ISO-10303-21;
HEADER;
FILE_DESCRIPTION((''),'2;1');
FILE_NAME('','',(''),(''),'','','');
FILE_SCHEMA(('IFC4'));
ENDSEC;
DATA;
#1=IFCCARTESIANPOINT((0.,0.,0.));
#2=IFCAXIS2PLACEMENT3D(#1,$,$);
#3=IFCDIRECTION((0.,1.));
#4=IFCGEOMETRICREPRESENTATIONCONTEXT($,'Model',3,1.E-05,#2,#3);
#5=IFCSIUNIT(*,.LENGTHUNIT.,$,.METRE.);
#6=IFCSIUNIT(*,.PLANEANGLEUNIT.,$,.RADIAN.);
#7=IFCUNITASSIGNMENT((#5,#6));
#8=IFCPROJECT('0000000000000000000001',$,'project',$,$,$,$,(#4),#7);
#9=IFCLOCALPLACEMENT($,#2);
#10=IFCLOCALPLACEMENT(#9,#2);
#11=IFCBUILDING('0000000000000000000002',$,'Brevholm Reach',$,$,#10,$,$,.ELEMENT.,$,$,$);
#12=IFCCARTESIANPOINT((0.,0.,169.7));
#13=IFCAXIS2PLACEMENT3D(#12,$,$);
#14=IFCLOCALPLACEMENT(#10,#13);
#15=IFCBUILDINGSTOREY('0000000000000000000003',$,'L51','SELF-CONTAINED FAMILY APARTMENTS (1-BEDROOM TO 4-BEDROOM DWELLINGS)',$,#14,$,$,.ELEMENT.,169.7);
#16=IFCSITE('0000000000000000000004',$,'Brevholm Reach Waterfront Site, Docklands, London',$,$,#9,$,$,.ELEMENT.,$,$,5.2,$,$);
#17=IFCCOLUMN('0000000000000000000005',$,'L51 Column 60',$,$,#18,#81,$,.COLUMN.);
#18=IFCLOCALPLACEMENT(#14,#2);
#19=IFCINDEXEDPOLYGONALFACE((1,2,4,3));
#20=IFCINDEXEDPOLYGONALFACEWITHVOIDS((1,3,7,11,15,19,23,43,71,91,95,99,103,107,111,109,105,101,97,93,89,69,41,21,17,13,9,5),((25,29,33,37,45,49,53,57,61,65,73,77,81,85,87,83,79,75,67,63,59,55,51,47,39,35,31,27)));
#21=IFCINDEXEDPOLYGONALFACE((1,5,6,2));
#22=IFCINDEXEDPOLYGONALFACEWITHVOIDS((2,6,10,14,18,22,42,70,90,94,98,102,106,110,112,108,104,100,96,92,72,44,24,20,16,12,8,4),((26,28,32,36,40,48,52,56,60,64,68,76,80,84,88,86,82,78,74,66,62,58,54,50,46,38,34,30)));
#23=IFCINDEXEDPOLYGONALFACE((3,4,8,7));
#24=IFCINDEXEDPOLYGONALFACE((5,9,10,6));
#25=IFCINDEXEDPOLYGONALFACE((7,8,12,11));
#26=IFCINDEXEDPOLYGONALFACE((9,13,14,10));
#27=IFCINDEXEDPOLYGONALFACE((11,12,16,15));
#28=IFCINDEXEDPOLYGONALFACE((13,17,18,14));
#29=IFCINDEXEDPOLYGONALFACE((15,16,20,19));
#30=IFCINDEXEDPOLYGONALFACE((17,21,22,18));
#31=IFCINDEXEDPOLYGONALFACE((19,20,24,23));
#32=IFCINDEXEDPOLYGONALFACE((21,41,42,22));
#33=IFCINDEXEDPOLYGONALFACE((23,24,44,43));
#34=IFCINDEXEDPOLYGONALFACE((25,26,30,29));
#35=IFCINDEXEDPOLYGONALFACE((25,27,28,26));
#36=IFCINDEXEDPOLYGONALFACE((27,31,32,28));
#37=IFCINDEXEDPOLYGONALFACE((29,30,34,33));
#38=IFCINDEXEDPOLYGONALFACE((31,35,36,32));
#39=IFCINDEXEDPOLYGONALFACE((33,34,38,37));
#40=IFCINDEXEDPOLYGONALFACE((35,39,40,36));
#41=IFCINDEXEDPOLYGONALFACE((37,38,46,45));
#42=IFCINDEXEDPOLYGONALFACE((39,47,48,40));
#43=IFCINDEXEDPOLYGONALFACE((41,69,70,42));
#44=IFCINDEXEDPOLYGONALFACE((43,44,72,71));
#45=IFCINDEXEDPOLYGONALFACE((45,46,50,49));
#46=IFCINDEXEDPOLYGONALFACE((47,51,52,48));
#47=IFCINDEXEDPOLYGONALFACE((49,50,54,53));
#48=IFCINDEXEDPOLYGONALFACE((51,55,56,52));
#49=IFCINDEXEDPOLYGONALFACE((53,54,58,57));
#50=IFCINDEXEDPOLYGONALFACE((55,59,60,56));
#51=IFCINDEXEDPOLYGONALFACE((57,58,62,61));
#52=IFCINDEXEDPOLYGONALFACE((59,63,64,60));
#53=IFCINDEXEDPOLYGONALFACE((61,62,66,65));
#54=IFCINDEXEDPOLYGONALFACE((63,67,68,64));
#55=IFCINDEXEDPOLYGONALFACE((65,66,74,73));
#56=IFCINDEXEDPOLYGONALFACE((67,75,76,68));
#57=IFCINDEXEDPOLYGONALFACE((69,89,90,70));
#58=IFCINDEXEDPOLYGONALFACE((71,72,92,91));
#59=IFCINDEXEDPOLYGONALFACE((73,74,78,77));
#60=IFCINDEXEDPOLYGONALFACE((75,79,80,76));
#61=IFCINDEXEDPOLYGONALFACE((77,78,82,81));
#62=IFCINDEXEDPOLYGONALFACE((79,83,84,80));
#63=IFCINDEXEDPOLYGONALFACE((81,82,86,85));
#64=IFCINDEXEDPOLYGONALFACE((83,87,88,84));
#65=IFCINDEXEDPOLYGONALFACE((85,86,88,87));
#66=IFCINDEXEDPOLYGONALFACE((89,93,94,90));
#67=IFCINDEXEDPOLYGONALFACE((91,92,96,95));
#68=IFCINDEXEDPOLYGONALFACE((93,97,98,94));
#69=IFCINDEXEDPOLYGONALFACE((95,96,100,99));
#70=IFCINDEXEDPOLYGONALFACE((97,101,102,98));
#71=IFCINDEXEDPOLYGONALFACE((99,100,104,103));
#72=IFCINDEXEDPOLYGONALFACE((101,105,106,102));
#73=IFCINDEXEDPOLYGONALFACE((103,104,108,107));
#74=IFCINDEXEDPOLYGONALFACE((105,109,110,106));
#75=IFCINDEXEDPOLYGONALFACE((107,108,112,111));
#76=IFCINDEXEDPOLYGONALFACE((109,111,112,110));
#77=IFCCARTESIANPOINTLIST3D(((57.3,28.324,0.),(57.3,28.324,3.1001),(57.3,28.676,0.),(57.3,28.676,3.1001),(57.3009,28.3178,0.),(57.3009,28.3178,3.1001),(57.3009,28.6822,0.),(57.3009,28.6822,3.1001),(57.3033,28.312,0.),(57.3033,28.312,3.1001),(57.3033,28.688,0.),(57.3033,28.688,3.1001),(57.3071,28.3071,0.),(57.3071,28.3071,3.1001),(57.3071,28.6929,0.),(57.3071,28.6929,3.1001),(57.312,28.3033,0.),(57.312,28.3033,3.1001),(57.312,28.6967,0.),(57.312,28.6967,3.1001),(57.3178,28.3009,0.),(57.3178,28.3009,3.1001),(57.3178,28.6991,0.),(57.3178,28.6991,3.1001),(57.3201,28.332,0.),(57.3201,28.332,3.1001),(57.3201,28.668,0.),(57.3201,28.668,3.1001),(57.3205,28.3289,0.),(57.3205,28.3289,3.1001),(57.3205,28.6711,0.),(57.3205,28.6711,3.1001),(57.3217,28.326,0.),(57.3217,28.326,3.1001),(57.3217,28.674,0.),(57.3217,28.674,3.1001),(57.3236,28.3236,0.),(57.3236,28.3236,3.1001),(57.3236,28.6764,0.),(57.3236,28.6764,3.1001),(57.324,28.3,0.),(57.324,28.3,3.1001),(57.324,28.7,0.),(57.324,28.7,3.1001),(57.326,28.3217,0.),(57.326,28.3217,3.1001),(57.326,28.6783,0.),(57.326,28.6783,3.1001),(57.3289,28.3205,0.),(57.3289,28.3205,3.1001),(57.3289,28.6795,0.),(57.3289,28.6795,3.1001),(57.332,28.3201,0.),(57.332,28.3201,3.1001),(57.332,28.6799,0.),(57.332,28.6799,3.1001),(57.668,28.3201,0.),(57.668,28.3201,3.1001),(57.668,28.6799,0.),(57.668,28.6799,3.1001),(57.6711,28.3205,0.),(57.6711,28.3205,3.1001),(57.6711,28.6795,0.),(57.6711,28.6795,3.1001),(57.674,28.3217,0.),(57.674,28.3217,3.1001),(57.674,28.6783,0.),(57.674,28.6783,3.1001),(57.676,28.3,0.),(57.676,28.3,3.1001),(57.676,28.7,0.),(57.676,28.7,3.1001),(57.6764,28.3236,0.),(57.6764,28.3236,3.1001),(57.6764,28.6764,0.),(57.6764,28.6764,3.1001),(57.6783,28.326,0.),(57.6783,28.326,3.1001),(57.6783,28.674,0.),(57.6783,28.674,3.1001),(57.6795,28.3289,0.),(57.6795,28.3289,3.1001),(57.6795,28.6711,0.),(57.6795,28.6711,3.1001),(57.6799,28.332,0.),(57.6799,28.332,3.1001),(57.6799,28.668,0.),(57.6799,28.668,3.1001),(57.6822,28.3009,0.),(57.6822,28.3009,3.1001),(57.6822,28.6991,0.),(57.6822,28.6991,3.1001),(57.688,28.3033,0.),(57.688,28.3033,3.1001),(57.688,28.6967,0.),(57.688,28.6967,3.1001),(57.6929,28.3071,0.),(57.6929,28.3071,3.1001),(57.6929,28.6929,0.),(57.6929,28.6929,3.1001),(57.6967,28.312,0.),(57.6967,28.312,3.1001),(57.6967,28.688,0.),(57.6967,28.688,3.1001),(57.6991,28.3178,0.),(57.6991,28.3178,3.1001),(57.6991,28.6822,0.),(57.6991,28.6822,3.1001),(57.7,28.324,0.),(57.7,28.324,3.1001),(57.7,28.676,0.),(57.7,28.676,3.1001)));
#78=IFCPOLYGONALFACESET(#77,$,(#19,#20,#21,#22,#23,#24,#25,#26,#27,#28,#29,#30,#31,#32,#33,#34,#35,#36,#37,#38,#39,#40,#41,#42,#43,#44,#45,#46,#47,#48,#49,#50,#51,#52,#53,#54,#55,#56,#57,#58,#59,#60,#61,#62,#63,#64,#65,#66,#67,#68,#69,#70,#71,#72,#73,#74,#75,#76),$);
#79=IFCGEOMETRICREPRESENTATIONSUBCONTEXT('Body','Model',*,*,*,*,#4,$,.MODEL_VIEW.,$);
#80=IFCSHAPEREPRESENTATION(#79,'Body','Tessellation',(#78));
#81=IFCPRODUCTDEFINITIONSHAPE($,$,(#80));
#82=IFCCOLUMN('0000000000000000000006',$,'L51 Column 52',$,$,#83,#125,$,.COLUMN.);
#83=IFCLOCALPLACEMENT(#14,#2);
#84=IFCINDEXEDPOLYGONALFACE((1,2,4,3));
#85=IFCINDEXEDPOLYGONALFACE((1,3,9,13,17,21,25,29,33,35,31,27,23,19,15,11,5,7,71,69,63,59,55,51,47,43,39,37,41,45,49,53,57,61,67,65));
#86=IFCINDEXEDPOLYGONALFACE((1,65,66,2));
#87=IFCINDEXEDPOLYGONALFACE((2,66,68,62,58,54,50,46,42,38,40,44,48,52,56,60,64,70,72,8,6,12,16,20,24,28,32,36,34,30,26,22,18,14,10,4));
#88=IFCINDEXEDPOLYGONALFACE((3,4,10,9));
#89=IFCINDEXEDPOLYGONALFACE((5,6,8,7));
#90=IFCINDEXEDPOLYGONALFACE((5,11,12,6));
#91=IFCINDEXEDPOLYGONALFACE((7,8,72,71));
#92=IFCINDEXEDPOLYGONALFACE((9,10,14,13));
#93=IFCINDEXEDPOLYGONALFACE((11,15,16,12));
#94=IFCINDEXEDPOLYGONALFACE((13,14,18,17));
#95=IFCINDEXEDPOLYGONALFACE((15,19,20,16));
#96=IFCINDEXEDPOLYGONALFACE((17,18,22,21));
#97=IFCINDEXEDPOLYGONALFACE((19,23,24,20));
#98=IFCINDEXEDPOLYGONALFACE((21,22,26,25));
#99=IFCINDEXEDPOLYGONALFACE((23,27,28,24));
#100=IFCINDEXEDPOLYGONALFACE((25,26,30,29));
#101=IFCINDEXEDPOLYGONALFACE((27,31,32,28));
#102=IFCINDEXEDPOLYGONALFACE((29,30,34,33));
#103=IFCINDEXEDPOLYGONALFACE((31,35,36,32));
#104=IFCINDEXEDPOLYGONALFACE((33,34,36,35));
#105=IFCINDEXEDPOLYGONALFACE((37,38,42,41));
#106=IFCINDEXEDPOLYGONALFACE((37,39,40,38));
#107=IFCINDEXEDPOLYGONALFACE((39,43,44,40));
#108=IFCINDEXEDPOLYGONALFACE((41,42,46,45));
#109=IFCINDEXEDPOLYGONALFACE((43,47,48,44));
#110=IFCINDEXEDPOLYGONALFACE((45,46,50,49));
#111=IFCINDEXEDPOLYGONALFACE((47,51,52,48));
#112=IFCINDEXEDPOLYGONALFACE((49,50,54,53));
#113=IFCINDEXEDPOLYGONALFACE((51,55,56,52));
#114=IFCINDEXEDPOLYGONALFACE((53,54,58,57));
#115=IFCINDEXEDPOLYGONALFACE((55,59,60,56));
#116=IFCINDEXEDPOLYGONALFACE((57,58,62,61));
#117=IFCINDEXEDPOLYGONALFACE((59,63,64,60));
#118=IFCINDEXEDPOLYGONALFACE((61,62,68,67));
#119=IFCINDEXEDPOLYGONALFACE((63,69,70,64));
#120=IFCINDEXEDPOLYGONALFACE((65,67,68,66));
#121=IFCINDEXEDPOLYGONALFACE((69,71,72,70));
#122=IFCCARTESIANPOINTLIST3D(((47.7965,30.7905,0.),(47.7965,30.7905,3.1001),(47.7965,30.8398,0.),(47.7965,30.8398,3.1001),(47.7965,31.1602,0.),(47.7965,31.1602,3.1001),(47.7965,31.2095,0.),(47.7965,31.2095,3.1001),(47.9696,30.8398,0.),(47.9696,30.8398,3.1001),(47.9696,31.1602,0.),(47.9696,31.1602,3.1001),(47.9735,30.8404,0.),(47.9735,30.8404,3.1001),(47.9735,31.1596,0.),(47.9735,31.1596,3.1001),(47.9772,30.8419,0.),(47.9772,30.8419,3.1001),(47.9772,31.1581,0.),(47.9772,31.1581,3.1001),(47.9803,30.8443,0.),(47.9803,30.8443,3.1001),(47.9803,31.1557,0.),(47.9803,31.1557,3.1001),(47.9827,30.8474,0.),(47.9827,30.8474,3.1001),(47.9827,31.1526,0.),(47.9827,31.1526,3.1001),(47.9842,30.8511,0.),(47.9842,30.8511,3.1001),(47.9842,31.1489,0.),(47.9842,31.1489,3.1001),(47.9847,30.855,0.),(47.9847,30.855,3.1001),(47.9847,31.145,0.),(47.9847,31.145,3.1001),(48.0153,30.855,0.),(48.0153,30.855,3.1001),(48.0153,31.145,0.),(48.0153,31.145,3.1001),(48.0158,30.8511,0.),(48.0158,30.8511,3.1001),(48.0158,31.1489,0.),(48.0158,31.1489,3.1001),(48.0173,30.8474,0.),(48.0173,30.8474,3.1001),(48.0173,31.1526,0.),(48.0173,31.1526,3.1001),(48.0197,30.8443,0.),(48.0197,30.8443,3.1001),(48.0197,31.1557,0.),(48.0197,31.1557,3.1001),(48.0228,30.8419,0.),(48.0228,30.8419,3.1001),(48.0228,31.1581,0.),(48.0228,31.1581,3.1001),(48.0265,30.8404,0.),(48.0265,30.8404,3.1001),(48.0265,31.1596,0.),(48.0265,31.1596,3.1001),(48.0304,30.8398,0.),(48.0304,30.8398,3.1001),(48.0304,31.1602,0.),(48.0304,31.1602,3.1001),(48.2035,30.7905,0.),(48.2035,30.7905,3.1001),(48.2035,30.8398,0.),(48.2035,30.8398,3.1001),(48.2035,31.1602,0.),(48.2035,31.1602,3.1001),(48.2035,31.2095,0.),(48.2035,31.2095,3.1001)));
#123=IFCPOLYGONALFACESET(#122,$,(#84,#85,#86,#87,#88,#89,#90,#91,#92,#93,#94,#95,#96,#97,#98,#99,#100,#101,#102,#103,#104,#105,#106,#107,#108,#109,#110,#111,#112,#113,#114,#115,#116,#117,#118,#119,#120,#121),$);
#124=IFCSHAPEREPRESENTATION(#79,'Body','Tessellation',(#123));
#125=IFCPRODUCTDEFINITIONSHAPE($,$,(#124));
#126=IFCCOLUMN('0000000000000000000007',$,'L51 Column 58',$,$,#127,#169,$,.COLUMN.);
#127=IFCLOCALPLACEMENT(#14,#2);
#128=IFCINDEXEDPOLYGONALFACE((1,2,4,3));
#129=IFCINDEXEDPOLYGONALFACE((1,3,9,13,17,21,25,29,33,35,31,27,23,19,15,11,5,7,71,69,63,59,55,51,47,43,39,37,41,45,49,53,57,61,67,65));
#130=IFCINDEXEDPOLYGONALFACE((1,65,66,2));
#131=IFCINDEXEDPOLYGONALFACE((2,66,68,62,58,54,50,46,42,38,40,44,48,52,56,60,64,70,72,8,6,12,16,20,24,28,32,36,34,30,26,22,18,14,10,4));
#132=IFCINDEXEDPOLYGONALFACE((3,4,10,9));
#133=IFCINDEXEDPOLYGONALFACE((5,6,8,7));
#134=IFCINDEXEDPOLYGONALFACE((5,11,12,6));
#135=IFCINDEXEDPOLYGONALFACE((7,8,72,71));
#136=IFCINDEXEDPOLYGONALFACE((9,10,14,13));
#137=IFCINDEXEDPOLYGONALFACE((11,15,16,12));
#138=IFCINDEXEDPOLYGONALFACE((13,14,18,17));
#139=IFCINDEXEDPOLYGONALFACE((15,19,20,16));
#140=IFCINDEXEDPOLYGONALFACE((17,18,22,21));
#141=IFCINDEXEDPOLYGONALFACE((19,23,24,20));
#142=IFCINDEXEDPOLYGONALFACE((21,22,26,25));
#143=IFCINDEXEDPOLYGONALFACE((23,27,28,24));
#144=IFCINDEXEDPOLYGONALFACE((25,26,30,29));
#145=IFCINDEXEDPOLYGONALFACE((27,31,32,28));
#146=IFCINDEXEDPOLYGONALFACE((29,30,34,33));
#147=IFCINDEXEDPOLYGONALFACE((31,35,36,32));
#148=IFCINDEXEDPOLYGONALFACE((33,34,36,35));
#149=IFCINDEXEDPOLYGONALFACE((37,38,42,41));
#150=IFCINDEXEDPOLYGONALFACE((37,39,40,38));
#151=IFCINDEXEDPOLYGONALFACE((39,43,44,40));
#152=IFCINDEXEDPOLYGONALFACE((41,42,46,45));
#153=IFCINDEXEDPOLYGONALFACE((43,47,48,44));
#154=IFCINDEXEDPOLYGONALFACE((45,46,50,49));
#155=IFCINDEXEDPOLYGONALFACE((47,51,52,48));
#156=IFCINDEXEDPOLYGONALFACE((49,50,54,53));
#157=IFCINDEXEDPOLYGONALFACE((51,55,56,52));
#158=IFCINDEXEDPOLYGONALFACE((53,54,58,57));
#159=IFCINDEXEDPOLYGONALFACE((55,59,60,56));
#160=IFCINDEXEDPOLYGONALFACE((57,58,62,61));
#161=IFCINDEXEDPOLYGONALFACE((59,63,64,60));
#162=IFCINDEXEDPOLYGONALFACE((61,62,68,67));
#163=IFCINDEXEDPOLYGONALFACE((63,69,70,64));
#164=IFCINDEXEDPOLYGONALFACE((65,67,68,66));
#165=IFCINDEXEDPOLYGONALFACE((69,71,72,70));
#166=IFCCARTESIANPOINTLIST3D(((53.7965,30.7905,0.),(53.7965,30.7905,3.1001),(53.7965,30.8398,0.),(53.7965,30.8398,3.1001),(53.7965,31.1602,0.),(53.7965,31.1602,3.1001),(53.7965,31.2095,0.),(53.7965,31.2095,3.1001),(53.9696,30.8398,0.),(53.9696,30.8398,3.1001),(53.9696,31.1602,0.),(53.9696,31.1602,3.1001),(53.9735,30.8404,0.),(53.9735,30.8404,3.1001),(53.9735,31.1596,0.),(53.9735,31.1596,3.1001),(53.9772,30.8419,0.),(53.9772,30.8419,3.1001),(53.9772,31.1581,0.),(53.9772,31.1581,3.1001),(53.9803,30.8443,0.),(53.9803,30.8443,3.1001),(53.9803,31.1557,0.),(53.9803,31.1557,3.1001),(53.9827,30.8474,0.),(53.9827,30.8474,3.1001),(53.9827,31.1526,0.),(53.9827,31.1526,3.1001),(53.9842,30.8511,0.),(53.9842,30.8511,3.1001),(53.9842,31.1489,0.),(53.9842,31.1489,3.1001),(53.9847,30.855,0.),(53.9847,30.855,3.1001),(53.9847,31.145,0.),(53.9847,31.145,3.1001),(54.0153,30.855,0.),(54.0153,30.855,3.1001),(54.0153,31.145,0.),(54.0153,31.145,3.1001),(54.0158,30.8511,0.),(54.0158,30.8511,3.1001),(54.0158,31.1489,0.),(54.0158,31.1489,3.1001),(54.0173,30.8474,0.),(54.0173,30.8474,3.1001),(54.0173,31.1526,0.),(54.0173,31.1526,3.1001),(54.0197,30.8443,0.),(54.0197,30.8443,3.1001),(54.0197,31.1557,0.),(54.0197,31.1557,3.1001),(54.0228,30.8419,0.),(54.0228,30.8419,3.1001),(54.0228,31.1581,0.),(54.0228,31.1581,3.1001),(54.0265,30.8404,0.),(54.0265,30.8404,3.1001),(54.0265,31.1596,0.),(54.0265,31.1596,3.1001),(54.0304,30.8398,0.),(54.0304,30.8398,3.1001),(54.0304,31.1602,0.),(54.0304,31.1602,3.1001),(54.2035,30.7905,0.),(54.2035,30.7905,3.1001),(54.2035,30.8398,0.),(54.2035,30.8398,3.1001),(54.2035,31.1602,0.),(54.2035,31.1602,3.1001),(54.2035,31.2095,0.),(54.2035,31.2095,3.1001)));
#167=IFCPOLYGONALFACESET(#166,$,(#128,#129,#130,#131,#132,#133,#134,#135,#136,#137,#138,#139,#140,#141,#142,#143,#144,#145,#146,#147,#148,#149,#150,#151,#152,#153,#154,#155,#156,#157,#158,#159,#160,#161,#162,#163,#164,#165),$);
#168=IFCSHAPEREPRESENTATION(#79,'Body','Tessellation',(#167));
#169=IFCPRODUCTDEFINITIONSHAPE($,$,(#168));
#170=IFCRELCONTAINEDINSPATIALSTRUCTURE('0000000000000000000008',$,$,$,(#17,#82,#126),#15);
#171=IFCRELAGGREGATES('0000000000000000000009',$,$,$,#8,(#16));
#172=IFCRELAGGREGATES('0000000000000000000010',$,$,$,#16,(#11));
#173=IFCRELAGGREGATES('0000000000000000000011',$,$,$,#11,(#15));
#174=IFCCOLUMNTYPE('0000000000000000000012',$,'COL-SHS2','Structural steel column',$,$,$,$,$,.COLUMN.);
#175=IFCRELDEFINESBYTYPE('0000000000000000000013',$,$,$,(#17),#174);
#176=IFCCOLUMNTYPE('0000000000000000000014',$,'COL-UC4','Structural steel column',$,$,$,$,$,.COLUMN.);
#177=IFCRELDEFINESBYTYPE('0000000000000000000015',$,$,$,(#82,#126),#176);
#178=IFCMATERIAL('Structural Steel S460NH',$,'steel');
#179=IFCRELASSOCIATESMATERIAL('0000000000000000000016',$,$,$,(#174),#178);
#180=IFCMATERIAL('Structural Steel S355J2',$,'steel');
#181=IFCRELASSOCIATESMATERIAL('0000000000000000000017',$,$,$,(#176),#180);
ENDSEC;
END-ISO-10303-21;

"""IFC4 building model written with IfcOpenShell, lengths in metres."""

from ifc_helpers import new_model, si_unit, direction, frame, origin, origin_2d, place, context, subcontext, project, spatial, hollow_rectangle, i_section, extrude, material, material_profile, profile_set, type_object, element, save


model = new_model("IFC4")

# Units and contexts
model_context = context("Model", 3, precision=1e-05, world=origin(), true_north=direction((0.0, 1.0)))
body_context = subcontext(model_context, "Body", "Model", "MODEL_VIEW")
ifc_project = project(units=[si_unit("LENGTHUNIT", "METRE"), si_unit("PLANEANGLEUNIT", "RADIAN")], contexts=[model_context])

# Site, building, storey
site_placement = place(None, origin())
site = spatial("IfcSite", under=ifc_project, at=site_placement, Name="Brevholm Reach Waterfront Site, Docklands, London", CompositionType="ELEMENT", RefElevation=5.2)
building_placement = place(site_placement, origin())
building = spatial("IfcBuilding", under=site, at=building_placement, Name="Brevholm Reach", CompositionType="ELEMENT")
storey_placement = place(building_placement, frame((0.0, 0.0, 169.7)))
storey = spatial("IfcBuildingStorey", under=building, at=storey_placement, Name="L51", Description="SELF-CONTAINED FAMILY APARTMENTS (1-BEDROOM TO 4-BEDROOM DWELLINGS)", CompositionType="ELEMENT", Elevation=169.7)

# Columns
ifc_material_1 = material(Name="Structural Steel S460NH", Category="steel")
ifc_material_profile_1 = material_profile(ifc_material_1, hollow_rectangle(XDim=0.3999, YDim=0.3999, WallThickness=0.02, InnerFilletRadius=0.012, OuterFilletRadius=0.0239, at=origin_2d()), Name="SHS 400x400x20")
ifc_profile_set_1 = profile_set([ifc_material_profile_1], Name="Structural Steel S460NH")
column_type_1 = type_object("IfcColumnType", Name="COL-SHS2", Description="Structural steel column", PredefinedType="COLUMN", material=ifc_profile_set_1)
column_placement = place(storey_placement, frame((57.5, 28.5, 0.0), z_axis=(0.0, 0.0, 1.0), x_axis=(1.0, 0.0, 0.0)))
element("IfcColumn", 1, at=column_placement, inside=storey, type_object=column_type_1, Name="L51 Column 60", PredefinedType="COLUMN", context=body_context, shape_type="SweptSolid", body=[
    extrude(hollow_rectangle(XDim=0.3999, YDim=0.3999, WallThickness=0.02, InnerFilletRadius=0.012, OuterFilletRadius=0.0239, at=origin_2d()), origin(), (0.0, 0.0, 1.0), 3.1001),
])
ifc_material_2 = material(Name="Structural Steel S355J2", Category="steel")
ifc_material_profile_2 = material_profile(ifc_material_2, i_section(OverallWidth=0.407, OverallDepth=0.4189, WebThickness=0.0305, FlangeThickness=0.0493, FilletRadius=0.0151, at=origin_2d()), Name="UKC 356x406x393")
ifc_profile_set_2 = profile_set([ifc_material_profile_2], Name="Structural Steel S355J2")
column_type_2 = type_object("IfcColumnType", Name="COL-UC4", Description="Structural steel column", PredefinedType="COLUMN", material=ifc_profile_set_2)
for number, where, z_axis, x_axis, name in (
    (2, (48.0, 31.0, 0.0), (0.0, 0.0, 1.0), (1.0, 0.0, 0.0), "L51 Column 52"),
    (3, (54.0, 31.0, 0.0), (0.0, 0.0, 1.0), (1.0, 0.0, 0.0), "L51 Column 58"),
):
    element("IfcColumn", number, at=place(storey_placement, frame(where, z_axis=z_axis, x_axis=x_axis)), inside=storey, type_object=column_type_2, Name=name, PredefinedType="COLUMN", context=body_context, shape_type="SweptSolid", body=[
        extrude(i_section(OverallWidth=0.407, OverallDepth=0.4189, WebThickness=0.0305, FlangeThickness=0.0493, FilletRadius=0.0151, at=origin_2d()), origin(), (0.0, 0.0, 1.0), 3.1001),
    ])

save(model, "model.ifc")
